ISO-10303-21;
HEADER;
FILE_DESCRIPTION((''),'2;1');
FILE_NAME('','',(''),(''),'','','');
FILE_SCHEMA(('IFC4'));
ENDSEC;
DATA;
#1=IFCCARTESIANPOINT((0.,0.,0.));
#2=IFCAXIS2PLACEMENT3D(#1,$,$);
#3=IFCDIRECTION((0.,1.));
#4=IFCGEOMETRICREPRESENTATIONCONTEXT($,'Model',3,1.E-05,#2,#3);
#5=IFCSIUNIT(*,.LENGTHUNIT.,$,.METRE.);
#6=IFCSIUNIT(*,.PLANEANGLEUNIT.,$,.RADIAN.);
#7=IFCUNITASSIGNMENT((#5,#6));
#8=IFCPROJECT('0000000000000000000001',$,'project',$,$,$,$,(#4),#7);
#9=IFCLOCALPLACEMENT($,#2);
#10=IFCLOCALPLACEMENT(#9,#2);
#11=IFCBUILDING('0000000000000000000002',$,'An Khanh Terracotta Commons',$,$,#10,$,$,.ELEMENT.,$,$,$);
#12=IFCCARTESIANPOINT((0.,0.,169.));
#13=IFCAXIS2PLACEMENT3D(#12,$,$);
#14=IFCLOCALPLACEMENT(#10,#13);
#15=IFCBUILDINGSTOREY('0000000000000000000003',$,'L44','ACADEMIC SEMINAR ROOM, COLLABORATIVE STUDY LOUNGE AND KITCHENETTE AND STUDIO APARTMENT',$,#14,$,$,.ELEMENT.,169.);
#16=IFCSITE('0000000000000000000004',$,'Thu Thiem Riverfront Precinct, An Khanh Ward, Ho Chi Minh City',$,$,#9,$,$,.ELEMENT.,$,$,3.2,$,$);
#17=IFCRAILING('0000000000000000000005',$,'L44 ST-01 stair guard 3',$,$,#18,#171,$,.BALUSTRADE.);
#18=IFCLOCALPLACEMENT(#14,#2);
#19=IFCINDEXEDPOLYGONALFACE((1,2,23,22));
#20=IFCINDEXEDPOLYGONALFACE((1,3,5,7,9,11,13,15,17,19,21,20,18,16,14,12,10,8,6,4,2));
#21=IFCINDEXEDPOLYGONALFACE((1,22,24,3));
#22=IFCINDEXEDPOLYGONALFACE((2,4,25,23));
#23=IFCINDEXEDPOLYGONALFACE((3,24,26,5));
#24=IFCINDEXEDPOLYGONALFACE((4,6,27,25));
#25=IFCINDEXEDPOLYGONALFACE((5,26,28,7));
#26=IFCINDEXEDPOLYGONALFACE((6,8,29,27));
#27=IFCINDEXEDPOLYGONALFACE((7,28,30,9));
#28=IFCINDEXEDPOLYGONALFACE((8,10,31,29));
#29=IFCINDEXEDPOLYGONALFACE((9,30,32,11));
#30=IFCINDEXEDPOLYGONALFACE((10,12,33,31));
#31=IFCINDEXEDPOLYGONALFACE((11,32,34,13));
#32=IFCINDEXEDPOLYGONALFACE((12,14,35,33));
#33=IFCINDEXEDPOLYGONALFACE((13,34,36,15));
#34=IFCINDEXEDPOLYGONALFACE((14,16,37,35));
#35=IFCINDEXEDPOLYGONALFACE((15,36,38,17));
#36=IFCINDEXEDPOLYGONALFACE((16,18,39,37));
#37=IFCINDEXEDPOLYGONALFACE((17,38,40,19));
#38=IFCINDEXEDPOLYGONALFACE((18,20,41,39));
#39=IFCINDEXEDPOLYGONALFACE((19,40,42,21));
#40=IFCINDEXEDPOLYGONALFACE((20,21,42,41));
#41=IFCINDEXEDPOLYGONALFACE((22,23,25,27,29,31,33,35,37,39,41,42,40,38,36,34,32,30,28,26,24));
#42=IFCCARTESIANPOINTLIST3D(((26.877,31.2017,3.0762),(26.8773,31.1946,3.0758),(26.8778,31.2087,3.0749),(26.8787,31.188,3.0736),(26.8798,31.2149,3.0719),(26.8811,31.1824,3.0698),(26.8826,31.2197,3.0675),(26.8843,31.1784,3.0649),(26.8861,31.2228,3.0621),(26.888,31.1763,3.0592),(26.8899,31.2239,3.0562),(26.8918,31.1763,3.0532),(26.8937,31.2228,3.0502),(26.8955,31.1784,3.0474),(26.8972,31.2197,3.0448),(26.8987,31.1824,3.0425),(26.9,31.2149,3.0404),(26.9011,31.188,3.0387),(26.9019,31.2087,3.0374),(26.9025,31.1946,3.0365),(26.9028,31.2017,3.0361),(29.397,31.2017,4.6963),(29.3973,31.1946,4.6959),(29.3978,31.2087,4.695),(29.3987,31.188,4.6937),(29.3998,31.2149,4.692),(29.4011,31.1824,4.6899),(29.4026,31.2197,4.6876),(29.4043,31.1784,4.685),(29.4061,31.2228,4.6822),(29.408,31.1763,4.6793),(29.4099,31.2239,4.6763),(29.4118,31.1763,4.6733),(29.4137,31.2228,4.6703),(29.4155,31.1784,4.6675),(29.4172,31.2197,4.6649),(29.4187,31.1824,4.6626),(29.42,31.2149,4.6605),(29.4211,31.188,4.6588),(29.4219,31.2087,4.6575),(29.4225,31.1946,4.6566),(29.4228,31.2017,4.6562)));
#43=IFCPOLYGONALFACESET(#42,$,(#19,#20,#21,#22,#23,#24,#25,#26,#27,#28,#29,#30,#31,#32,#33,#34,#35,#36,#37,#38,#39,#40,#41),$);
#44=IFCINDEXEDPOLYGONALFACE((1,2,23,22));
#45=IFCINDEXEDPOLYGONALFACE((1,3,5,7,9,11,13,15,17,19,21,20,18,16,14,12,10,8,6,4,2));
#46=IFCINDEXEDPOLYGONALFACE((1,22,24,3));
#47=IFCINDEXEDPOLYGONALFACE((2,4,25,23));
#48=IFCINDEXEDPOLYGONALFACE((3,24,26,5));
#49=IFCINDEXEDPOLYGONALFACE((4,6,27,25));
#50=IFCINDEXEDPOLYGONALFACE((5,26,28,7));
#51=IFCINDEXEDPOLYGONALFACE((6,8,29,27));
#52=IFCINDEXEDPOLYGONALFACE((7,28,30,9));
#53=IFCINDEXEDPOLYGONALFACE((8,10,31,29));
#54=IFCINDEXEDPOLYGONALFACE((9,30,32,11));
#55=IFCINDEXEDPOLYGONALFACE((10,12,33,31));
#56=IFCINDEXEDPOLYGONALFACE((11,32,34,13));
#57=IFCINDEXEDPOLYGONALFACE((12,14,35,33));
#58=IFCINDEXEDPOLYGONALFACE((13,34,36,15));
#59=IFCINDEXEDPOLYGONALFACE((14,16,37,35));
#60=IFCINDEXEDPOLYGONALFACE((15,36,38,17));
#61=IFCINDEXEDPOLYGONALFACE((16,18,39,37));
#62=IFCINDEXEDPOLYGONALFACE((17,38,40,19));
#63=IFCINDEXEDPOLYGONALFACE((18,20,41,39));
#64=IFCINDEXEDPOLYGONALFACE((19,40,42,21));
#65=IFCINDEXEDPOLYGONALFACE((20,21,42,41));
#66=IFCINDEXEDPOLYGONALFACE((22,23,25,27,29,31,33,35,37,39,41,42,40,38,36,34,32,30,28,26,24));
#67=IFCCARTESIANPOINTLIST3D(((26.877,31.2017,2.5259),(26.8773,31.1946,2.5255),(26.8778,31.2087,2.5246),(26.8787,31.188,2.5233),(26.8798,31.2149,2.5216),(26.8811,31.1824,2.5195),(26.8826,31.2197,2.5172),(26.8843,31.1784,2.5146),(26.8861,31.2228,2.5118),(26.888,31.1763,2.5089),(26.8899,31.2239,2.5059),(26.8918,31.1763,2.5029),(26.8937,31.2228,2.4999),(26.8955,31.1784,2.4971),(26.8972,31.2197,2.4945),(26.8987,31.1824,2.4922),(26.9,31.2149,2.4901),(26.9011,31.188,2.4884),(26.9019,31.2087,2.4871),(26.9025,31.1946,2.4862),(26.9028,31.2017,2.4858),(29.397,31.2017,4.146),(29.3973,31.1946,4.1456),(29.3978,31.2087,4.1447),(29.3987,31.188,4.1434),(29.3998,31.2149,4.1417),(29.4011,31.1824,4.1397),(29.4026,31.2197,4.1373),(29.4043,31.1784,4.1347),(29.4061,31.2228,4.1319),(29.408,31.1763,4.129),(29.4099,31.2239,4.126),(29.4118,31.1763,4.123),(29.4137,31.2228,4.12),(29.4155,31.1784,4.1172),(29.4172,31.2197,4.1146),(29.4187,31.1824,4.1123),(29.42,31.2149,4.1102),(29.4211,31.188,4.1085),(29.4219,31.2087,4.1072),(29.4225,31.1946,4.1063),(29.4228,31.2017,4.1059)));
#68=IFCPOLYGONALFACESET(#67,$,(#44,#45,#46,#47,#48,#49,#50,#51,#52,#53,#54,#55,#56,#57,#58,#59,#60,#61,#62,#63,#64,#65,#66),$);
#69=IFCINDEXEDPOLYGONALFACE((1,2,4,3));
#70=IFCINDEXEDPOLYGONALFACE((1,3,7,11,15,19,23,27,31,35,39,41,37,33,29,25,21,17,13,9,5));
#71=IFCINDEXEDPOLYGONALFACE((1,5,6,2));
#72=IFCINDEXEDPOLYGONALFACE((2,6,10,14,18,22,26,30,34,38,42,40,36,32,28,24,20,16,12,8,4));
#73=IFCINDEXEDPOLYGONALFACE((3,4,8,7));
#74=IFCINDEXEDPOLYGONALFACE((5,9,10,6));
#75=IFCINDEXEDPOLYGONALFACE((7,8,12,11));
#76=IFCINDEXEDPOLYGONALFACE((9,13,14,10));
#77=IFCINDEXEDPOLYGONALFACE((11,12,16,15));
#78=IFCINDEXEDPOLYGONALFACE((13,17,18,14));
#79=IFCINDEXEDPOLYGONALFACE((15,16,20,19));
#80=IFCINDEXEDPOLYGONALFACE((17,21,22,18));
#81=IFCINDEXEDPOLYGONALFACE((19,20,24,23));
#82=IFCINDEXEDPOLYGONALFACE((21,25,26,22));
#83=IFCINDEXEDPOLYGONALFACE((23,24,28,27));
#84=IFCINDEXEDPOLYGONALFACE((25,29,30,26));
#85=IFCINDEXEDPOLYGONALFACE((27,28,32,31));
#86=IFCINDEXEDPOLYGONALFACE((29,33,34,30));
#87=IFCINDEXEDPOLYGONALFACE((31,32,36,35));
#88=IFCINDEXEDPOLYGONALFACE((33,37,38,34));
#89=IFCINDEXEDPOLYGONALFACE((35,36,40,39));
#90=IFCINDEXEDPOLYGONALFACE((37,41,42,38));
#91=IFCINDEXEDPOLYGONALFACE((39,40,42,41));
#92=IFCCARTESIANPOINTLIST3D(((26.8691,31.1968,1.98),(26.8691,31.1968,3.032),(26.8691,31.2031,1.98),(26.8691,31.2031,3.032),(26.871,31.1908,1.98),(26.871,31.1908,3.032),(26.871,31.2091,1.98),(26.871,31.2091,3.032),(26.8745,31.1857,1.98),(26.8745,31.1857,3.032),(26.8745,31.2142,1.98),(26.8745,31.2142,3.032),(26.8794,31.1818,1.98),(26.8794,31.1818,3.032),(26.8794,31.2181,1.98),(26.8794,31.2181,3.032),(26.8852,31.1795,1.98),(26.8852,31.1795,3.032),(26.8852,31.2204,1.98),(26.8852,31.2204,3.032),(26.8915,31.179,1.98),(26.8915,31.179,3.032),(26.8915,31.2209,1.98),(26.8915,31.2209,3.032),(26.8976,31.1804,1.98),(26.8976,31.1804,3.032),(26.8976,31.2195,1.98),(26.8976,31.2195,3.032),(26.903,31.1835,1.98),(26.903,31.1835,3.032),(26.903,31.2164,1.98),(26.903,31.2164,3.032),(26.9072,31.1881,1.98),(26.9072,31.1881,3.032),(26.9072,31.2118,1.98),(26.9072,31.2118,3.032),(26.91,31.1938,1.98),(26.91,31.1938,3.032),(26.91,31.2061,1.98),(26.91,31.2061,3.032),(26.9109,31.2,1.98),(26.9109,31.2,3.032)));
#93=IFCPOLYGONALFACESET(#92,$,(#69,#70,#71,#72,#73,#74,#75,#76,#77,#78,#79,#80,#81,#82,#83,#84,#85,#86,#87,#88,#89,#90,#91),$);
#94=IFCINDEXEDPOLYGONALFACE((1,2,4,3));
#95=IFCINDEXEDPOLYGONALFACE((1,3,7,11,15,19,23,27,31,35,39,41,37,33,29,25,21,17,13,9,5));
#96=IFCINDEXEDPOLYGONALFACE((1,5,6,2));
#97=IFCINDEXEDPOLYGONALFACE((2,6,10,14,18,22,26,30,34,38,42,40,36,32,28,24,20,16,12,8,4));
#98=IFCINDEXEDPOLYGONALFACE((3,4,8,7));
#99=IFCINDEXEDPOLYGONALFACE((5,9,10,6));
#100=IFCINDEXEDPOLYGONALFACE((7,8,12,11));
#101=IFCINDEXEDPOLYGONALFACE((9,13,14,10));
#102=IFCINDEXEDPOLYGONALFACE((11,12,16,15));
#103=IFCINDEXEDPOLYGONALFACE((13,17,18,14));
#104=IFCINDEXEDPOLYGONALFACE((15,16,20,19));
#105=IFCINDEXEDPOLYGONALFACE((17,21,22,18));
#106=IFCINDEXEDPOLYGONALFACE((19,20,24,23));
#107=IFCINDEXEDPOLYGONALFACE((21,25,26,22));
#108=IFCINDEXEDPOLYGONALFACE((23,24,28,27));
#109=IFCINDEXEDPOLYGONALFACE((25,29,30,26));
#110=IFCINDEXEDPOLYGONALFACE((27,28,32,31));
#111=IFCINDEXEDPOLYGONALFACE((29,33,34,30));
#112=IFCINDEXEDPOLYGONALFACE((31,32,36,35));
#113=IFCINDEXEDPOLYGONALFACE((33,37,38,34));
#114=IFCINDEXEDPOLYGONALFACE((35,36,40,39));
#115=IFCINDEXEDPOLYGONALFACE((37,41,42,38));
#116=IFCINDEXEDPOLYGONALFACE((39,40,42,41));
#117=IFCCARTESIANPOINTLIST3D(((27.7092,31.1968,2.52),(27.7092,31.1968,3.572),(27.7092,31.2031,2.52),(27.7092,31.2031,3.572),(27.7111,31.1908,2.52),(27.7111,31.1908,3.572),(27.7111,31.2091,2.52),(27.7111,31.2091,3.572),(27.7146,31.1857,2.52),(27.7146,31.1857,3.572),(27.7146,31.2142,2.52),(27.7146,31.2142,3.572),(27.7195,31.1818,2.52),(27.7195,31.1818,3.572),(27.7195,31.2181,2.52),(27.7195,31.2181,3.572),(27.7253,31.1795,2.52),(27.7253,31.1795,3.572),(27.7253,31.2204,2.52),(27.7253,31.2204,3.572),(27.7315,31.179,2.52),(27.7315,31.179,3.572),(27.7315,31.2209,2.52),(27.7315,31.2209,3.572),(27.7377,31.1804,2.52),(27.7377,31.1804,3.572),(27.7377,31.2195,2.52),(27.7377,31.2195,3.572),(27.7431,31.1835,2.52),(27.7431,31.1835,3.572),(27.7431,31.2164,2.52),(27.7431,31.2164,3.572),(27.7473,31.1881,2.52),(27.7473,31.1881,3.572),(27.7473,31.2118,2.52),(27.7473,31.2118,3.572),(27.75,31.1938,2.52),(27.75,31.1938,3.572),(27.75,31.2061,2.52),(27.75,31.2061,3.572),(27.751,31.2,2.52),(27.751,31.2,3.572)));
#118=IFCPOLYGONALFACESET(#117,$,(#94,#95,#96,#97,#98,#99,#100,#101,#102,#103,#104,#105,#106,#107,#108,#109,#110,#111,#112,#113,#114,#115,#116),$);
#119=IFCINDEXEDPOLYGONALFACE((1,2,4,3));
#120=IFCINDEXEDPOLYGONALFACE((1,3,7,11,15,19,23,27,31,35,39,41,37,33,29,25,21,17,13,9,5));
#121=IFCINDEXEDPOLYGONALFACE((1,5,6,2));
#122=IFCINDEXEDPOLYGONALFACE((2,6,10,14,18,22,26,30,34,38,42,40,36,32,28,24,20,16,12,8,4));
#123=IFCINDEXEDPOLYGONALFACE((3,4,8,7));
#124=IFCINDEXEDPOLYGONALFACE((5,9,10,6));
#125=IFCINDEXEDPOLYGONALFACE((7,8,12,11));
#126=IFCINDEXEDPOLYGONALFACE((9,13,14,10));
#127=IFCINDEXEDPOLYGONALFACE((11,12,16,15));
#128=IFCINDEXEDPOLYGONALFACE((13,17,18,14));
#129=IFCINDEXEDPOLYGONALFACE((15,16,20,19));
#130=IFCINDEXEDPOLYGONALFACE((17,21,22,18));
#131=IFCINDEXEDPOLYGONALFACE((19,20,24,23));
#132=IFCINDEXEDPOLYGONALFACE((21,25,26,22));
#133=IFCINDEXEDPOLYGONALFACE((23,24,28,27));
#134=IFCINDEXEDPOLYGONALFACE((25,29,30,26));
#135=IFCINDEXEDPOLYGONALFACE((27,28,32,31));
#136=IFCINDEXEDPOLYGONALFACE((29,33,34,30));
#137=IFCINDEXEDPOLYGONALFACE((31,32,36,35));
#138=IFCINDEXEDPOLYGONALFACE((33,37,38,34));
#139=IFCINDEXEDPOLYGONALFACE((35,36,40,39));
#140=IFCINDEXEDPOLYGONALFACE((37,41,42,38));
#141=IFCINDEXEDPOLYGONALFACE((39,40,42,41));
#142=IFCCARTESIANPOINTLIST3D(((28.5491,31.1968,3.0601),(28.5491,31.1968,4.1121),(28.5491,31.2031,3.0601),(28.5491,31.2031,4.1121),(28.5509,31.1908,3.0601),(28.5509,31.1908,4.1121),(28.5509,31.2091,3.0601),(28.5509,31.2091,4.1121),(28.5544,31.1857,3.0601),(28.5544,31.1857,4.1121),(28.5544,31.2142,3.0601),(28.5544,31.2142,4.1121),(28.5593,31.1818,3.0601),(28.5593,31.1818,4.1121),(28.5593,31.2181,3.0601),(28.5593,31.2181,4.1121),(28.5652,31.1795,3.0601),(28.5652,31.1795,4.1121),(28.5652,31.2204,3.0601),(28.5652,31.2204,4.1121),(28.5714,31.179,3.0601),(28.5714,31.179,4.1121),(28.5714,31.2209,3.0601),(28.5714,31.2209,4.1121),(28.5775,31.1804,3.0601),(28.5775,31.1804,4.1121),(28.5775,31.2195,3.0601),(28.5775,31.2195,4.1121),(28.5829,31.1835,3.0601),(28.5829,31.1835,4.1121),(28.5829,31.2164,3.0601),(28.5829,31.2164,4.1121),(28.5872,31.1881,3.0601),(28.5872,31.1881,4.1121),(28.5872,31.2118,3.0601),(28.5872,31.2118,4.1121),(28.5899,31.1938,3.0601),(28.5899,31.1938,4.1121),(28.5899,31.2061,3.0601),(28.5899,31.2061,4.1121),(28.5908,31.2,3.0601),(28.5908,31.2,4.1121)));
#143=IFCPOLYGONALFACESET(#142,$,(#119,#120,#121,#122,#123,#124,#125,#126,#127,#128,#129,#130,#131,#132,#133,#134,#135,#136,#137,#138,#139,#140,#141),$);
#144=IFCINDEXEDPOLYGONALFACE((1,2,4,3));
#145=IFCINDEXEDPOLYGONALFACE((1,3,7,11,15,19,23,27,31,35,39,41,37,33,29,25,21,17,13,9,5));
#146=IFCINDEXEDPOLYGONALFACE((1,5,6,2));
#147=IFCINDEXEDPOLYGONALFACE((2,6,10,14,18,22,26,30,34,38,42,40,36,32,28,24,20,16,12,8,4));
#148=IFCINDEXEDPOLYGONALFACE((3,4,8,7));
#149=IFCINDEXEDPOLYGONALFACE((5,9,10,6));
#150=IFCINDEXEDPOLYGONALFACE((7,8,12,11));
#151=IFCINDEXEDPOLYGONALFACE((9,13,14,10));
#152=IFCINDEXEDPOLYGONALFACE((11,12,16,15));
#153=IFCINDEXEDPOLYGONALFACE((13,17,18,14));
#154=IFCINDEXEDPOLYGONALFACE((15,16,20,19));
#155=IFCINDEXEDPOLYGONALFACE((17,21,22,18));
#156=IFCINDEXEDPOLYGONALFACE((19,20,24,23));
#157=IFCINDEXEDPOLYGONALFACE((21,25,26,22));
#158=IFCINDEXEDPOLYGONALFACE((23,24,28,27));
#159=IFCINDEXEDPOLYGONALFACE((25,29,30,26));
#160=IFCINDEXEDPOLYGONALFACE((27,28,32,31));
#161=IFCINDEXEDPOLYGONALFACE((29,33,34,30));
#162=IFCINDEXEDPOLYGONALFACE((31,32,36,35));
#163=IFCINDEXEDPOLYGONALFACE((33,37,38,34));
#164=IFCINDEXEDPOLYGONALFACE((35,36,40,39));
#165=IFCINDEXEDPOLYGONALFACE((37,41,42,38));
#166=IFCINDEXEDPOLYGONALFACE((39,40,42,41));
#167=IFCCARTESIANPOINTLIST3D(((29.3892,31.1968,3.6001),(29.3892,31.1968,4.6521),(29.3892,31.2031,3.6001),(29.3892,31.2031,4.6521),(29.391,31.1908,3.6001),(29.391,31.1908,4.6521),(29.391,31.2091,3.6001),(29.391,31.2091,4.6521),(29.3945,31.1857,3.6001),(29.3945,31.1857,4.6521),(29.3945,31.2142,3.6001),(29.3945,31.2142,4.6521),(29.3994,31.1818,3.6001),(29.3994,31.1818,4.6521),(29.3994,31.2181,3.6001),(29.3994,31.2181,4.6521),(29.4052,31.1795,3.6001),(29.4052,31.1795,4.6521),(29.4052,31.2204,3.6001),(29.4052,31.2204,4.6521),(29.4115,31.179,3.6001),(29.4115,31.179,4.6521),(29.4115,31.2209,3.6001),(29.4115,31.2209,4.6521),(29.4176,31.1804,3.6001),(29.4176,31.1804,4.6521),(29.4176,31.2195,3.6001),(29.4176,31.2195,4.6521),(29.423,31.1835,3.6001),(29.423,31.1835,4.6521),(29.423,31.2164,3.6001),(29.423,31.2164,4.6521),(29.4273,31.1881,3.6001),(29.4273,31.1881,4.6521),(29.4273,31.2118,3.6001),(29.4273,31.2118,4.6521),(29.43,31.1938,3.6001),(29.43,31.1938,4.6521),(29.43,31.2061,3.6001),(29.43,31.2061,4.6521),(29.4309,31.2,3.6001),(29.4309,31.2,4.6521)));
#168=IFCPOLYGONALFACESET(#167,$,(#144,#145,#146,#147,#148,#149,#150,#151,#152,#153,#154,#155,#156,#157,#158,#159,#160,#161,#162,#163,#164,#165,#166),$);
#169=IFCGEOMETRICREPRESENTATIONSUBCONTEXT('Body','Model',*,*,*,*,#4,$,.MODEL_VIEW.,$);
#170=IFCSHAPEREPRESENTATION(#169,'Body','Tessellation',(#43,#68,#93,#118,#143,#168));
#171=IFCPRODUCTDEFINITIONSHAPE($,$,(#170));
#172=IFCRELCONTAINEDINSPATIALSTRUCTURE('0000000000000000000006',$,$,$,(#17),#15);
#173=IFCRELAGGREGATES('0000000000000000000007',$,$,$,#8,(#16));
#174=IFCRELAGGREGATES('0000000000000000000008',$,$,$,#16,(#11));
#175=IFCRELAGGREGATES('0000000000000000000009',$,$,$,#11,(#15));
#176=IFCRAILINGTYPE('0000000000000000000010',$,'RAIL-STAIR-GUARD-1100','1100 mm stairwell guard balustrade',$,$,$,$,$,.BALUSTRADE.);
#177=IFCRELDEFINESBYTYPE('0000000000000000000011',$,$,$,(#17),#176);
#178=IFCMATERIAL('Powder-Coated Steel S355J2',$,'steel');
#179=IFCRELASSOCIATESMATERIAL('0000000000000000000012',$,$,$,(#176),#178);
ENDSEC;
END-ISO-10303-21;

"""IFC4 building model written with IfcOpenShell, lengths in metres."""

from ifc_helpers import new_model, si_unit, direction, frame, origin, origin_2d, place, context, subcontext, project, spatial, circle, extrude, material, type_object, element, save


model = new_model("IFC4")

# Units and contexts
model_context = context("Model", 3, precision=1e-05, world=origin(), true_north=direction((0.0, 1.0)))
body_context = subcontext(model_context, "Body", "Model", "MODEL_VIEW")
ifc_project = project(units=[si_unit("LENGTHUNIT", "METRE"), si_unit("PLANEANGLEUNIT", "RADIAN")], contexts=[model_context])

# Site, building, storey
site_placement = place(None, origin())
site = spatial("IfcSite", under=ifc_project, at=site_placement, Name="Thu Thiem Riverfront Precinct, An Khanh Ward, Ho Chi Minh City", CompositionType="ELEMENT", RefElevation=3.2)
building_placement = place(site_placement, origin())
building = spatial("IfcBuilding", under=site, at=building_placement, Name="An Khanh Terracotta Commons", CompositionType="ELEMENT")
storey_placement = place(building_placement, frame((0.0, 0.0, 169.0)))
storey = spatial("IfcBuildingStorey", under=building, at=storey_placement, Name="L44", Description="ACADEMIC SEMINAR ROOM, COLLABORATIVE STUDY LOUNGE AND KITCHENETTE AND STUDIO APARTMENT", CompositionType="ELEMENT", Elevation=169.0)

# Railing
ifc_material_1 = material(Name="Powder-Coated Steel S355J2", Category="steel")
railing_type_1 = type_object("IfcRailingType", Name="RAIL-STAIR-GUARD-1100", Description="1100 mm stairwell guard balustrade", PredefinedType="BALUSTRADE", material=ifc_material_1)
railing_1_placement = place(storey_placement, frame((26.8899, 31.2, 1.98)))
element("IfcRailing", 1, at=railing_1_placement, inside=storey, type_object=railing_type_1, Name="L44 ST-01 stair guard 3", PredefinedType="BALUSTRADE", context=body_context, shape_type="SweptSolid", body=[
    extrude(circle(Radius=0.0239, at=origin_2d()), frame((0.0, 0.0, 1.0762), z_axis=(0.841163, 0.0, 0.540782), x_axis=(0.0, 1.0, 0.0)), (0.0, 0.0, 1.0), 2.9958),
    extrude(circle(Radius=0.0239, at=origin_2d()), frame((0.0, 0.0, 0.5259), z_axis=(0.841163, 0.0, 0.540782), x_axis=(0.0, 1.0, 0.0)), (0.0, 0.0, 1.0), 2.9958),
    extrude(circle(Radius=0.021, at=origin_2d()), origin(), (0.0, 0.0, 1.0), 1.052),
    extrude(circle(Radius=0.021, at=origin_2d()), frame((0.8401, 0.0, 0.54)), (0.0, 0.0, 1.0), 1.052),
    extrude(circle(Radius=0.021, at=origin_2d()), frame((1.6799, 0.0, 1.0801)), (0.0, 0.0, 1.0), 1.052),
    extrude(circle(Radius=0.021, at=origin_2d()), frame((2.52, 0.0, 1.6201)), (0.0, 0.0, 1.0), 1.052),
])

save(model, "model.ifc")
